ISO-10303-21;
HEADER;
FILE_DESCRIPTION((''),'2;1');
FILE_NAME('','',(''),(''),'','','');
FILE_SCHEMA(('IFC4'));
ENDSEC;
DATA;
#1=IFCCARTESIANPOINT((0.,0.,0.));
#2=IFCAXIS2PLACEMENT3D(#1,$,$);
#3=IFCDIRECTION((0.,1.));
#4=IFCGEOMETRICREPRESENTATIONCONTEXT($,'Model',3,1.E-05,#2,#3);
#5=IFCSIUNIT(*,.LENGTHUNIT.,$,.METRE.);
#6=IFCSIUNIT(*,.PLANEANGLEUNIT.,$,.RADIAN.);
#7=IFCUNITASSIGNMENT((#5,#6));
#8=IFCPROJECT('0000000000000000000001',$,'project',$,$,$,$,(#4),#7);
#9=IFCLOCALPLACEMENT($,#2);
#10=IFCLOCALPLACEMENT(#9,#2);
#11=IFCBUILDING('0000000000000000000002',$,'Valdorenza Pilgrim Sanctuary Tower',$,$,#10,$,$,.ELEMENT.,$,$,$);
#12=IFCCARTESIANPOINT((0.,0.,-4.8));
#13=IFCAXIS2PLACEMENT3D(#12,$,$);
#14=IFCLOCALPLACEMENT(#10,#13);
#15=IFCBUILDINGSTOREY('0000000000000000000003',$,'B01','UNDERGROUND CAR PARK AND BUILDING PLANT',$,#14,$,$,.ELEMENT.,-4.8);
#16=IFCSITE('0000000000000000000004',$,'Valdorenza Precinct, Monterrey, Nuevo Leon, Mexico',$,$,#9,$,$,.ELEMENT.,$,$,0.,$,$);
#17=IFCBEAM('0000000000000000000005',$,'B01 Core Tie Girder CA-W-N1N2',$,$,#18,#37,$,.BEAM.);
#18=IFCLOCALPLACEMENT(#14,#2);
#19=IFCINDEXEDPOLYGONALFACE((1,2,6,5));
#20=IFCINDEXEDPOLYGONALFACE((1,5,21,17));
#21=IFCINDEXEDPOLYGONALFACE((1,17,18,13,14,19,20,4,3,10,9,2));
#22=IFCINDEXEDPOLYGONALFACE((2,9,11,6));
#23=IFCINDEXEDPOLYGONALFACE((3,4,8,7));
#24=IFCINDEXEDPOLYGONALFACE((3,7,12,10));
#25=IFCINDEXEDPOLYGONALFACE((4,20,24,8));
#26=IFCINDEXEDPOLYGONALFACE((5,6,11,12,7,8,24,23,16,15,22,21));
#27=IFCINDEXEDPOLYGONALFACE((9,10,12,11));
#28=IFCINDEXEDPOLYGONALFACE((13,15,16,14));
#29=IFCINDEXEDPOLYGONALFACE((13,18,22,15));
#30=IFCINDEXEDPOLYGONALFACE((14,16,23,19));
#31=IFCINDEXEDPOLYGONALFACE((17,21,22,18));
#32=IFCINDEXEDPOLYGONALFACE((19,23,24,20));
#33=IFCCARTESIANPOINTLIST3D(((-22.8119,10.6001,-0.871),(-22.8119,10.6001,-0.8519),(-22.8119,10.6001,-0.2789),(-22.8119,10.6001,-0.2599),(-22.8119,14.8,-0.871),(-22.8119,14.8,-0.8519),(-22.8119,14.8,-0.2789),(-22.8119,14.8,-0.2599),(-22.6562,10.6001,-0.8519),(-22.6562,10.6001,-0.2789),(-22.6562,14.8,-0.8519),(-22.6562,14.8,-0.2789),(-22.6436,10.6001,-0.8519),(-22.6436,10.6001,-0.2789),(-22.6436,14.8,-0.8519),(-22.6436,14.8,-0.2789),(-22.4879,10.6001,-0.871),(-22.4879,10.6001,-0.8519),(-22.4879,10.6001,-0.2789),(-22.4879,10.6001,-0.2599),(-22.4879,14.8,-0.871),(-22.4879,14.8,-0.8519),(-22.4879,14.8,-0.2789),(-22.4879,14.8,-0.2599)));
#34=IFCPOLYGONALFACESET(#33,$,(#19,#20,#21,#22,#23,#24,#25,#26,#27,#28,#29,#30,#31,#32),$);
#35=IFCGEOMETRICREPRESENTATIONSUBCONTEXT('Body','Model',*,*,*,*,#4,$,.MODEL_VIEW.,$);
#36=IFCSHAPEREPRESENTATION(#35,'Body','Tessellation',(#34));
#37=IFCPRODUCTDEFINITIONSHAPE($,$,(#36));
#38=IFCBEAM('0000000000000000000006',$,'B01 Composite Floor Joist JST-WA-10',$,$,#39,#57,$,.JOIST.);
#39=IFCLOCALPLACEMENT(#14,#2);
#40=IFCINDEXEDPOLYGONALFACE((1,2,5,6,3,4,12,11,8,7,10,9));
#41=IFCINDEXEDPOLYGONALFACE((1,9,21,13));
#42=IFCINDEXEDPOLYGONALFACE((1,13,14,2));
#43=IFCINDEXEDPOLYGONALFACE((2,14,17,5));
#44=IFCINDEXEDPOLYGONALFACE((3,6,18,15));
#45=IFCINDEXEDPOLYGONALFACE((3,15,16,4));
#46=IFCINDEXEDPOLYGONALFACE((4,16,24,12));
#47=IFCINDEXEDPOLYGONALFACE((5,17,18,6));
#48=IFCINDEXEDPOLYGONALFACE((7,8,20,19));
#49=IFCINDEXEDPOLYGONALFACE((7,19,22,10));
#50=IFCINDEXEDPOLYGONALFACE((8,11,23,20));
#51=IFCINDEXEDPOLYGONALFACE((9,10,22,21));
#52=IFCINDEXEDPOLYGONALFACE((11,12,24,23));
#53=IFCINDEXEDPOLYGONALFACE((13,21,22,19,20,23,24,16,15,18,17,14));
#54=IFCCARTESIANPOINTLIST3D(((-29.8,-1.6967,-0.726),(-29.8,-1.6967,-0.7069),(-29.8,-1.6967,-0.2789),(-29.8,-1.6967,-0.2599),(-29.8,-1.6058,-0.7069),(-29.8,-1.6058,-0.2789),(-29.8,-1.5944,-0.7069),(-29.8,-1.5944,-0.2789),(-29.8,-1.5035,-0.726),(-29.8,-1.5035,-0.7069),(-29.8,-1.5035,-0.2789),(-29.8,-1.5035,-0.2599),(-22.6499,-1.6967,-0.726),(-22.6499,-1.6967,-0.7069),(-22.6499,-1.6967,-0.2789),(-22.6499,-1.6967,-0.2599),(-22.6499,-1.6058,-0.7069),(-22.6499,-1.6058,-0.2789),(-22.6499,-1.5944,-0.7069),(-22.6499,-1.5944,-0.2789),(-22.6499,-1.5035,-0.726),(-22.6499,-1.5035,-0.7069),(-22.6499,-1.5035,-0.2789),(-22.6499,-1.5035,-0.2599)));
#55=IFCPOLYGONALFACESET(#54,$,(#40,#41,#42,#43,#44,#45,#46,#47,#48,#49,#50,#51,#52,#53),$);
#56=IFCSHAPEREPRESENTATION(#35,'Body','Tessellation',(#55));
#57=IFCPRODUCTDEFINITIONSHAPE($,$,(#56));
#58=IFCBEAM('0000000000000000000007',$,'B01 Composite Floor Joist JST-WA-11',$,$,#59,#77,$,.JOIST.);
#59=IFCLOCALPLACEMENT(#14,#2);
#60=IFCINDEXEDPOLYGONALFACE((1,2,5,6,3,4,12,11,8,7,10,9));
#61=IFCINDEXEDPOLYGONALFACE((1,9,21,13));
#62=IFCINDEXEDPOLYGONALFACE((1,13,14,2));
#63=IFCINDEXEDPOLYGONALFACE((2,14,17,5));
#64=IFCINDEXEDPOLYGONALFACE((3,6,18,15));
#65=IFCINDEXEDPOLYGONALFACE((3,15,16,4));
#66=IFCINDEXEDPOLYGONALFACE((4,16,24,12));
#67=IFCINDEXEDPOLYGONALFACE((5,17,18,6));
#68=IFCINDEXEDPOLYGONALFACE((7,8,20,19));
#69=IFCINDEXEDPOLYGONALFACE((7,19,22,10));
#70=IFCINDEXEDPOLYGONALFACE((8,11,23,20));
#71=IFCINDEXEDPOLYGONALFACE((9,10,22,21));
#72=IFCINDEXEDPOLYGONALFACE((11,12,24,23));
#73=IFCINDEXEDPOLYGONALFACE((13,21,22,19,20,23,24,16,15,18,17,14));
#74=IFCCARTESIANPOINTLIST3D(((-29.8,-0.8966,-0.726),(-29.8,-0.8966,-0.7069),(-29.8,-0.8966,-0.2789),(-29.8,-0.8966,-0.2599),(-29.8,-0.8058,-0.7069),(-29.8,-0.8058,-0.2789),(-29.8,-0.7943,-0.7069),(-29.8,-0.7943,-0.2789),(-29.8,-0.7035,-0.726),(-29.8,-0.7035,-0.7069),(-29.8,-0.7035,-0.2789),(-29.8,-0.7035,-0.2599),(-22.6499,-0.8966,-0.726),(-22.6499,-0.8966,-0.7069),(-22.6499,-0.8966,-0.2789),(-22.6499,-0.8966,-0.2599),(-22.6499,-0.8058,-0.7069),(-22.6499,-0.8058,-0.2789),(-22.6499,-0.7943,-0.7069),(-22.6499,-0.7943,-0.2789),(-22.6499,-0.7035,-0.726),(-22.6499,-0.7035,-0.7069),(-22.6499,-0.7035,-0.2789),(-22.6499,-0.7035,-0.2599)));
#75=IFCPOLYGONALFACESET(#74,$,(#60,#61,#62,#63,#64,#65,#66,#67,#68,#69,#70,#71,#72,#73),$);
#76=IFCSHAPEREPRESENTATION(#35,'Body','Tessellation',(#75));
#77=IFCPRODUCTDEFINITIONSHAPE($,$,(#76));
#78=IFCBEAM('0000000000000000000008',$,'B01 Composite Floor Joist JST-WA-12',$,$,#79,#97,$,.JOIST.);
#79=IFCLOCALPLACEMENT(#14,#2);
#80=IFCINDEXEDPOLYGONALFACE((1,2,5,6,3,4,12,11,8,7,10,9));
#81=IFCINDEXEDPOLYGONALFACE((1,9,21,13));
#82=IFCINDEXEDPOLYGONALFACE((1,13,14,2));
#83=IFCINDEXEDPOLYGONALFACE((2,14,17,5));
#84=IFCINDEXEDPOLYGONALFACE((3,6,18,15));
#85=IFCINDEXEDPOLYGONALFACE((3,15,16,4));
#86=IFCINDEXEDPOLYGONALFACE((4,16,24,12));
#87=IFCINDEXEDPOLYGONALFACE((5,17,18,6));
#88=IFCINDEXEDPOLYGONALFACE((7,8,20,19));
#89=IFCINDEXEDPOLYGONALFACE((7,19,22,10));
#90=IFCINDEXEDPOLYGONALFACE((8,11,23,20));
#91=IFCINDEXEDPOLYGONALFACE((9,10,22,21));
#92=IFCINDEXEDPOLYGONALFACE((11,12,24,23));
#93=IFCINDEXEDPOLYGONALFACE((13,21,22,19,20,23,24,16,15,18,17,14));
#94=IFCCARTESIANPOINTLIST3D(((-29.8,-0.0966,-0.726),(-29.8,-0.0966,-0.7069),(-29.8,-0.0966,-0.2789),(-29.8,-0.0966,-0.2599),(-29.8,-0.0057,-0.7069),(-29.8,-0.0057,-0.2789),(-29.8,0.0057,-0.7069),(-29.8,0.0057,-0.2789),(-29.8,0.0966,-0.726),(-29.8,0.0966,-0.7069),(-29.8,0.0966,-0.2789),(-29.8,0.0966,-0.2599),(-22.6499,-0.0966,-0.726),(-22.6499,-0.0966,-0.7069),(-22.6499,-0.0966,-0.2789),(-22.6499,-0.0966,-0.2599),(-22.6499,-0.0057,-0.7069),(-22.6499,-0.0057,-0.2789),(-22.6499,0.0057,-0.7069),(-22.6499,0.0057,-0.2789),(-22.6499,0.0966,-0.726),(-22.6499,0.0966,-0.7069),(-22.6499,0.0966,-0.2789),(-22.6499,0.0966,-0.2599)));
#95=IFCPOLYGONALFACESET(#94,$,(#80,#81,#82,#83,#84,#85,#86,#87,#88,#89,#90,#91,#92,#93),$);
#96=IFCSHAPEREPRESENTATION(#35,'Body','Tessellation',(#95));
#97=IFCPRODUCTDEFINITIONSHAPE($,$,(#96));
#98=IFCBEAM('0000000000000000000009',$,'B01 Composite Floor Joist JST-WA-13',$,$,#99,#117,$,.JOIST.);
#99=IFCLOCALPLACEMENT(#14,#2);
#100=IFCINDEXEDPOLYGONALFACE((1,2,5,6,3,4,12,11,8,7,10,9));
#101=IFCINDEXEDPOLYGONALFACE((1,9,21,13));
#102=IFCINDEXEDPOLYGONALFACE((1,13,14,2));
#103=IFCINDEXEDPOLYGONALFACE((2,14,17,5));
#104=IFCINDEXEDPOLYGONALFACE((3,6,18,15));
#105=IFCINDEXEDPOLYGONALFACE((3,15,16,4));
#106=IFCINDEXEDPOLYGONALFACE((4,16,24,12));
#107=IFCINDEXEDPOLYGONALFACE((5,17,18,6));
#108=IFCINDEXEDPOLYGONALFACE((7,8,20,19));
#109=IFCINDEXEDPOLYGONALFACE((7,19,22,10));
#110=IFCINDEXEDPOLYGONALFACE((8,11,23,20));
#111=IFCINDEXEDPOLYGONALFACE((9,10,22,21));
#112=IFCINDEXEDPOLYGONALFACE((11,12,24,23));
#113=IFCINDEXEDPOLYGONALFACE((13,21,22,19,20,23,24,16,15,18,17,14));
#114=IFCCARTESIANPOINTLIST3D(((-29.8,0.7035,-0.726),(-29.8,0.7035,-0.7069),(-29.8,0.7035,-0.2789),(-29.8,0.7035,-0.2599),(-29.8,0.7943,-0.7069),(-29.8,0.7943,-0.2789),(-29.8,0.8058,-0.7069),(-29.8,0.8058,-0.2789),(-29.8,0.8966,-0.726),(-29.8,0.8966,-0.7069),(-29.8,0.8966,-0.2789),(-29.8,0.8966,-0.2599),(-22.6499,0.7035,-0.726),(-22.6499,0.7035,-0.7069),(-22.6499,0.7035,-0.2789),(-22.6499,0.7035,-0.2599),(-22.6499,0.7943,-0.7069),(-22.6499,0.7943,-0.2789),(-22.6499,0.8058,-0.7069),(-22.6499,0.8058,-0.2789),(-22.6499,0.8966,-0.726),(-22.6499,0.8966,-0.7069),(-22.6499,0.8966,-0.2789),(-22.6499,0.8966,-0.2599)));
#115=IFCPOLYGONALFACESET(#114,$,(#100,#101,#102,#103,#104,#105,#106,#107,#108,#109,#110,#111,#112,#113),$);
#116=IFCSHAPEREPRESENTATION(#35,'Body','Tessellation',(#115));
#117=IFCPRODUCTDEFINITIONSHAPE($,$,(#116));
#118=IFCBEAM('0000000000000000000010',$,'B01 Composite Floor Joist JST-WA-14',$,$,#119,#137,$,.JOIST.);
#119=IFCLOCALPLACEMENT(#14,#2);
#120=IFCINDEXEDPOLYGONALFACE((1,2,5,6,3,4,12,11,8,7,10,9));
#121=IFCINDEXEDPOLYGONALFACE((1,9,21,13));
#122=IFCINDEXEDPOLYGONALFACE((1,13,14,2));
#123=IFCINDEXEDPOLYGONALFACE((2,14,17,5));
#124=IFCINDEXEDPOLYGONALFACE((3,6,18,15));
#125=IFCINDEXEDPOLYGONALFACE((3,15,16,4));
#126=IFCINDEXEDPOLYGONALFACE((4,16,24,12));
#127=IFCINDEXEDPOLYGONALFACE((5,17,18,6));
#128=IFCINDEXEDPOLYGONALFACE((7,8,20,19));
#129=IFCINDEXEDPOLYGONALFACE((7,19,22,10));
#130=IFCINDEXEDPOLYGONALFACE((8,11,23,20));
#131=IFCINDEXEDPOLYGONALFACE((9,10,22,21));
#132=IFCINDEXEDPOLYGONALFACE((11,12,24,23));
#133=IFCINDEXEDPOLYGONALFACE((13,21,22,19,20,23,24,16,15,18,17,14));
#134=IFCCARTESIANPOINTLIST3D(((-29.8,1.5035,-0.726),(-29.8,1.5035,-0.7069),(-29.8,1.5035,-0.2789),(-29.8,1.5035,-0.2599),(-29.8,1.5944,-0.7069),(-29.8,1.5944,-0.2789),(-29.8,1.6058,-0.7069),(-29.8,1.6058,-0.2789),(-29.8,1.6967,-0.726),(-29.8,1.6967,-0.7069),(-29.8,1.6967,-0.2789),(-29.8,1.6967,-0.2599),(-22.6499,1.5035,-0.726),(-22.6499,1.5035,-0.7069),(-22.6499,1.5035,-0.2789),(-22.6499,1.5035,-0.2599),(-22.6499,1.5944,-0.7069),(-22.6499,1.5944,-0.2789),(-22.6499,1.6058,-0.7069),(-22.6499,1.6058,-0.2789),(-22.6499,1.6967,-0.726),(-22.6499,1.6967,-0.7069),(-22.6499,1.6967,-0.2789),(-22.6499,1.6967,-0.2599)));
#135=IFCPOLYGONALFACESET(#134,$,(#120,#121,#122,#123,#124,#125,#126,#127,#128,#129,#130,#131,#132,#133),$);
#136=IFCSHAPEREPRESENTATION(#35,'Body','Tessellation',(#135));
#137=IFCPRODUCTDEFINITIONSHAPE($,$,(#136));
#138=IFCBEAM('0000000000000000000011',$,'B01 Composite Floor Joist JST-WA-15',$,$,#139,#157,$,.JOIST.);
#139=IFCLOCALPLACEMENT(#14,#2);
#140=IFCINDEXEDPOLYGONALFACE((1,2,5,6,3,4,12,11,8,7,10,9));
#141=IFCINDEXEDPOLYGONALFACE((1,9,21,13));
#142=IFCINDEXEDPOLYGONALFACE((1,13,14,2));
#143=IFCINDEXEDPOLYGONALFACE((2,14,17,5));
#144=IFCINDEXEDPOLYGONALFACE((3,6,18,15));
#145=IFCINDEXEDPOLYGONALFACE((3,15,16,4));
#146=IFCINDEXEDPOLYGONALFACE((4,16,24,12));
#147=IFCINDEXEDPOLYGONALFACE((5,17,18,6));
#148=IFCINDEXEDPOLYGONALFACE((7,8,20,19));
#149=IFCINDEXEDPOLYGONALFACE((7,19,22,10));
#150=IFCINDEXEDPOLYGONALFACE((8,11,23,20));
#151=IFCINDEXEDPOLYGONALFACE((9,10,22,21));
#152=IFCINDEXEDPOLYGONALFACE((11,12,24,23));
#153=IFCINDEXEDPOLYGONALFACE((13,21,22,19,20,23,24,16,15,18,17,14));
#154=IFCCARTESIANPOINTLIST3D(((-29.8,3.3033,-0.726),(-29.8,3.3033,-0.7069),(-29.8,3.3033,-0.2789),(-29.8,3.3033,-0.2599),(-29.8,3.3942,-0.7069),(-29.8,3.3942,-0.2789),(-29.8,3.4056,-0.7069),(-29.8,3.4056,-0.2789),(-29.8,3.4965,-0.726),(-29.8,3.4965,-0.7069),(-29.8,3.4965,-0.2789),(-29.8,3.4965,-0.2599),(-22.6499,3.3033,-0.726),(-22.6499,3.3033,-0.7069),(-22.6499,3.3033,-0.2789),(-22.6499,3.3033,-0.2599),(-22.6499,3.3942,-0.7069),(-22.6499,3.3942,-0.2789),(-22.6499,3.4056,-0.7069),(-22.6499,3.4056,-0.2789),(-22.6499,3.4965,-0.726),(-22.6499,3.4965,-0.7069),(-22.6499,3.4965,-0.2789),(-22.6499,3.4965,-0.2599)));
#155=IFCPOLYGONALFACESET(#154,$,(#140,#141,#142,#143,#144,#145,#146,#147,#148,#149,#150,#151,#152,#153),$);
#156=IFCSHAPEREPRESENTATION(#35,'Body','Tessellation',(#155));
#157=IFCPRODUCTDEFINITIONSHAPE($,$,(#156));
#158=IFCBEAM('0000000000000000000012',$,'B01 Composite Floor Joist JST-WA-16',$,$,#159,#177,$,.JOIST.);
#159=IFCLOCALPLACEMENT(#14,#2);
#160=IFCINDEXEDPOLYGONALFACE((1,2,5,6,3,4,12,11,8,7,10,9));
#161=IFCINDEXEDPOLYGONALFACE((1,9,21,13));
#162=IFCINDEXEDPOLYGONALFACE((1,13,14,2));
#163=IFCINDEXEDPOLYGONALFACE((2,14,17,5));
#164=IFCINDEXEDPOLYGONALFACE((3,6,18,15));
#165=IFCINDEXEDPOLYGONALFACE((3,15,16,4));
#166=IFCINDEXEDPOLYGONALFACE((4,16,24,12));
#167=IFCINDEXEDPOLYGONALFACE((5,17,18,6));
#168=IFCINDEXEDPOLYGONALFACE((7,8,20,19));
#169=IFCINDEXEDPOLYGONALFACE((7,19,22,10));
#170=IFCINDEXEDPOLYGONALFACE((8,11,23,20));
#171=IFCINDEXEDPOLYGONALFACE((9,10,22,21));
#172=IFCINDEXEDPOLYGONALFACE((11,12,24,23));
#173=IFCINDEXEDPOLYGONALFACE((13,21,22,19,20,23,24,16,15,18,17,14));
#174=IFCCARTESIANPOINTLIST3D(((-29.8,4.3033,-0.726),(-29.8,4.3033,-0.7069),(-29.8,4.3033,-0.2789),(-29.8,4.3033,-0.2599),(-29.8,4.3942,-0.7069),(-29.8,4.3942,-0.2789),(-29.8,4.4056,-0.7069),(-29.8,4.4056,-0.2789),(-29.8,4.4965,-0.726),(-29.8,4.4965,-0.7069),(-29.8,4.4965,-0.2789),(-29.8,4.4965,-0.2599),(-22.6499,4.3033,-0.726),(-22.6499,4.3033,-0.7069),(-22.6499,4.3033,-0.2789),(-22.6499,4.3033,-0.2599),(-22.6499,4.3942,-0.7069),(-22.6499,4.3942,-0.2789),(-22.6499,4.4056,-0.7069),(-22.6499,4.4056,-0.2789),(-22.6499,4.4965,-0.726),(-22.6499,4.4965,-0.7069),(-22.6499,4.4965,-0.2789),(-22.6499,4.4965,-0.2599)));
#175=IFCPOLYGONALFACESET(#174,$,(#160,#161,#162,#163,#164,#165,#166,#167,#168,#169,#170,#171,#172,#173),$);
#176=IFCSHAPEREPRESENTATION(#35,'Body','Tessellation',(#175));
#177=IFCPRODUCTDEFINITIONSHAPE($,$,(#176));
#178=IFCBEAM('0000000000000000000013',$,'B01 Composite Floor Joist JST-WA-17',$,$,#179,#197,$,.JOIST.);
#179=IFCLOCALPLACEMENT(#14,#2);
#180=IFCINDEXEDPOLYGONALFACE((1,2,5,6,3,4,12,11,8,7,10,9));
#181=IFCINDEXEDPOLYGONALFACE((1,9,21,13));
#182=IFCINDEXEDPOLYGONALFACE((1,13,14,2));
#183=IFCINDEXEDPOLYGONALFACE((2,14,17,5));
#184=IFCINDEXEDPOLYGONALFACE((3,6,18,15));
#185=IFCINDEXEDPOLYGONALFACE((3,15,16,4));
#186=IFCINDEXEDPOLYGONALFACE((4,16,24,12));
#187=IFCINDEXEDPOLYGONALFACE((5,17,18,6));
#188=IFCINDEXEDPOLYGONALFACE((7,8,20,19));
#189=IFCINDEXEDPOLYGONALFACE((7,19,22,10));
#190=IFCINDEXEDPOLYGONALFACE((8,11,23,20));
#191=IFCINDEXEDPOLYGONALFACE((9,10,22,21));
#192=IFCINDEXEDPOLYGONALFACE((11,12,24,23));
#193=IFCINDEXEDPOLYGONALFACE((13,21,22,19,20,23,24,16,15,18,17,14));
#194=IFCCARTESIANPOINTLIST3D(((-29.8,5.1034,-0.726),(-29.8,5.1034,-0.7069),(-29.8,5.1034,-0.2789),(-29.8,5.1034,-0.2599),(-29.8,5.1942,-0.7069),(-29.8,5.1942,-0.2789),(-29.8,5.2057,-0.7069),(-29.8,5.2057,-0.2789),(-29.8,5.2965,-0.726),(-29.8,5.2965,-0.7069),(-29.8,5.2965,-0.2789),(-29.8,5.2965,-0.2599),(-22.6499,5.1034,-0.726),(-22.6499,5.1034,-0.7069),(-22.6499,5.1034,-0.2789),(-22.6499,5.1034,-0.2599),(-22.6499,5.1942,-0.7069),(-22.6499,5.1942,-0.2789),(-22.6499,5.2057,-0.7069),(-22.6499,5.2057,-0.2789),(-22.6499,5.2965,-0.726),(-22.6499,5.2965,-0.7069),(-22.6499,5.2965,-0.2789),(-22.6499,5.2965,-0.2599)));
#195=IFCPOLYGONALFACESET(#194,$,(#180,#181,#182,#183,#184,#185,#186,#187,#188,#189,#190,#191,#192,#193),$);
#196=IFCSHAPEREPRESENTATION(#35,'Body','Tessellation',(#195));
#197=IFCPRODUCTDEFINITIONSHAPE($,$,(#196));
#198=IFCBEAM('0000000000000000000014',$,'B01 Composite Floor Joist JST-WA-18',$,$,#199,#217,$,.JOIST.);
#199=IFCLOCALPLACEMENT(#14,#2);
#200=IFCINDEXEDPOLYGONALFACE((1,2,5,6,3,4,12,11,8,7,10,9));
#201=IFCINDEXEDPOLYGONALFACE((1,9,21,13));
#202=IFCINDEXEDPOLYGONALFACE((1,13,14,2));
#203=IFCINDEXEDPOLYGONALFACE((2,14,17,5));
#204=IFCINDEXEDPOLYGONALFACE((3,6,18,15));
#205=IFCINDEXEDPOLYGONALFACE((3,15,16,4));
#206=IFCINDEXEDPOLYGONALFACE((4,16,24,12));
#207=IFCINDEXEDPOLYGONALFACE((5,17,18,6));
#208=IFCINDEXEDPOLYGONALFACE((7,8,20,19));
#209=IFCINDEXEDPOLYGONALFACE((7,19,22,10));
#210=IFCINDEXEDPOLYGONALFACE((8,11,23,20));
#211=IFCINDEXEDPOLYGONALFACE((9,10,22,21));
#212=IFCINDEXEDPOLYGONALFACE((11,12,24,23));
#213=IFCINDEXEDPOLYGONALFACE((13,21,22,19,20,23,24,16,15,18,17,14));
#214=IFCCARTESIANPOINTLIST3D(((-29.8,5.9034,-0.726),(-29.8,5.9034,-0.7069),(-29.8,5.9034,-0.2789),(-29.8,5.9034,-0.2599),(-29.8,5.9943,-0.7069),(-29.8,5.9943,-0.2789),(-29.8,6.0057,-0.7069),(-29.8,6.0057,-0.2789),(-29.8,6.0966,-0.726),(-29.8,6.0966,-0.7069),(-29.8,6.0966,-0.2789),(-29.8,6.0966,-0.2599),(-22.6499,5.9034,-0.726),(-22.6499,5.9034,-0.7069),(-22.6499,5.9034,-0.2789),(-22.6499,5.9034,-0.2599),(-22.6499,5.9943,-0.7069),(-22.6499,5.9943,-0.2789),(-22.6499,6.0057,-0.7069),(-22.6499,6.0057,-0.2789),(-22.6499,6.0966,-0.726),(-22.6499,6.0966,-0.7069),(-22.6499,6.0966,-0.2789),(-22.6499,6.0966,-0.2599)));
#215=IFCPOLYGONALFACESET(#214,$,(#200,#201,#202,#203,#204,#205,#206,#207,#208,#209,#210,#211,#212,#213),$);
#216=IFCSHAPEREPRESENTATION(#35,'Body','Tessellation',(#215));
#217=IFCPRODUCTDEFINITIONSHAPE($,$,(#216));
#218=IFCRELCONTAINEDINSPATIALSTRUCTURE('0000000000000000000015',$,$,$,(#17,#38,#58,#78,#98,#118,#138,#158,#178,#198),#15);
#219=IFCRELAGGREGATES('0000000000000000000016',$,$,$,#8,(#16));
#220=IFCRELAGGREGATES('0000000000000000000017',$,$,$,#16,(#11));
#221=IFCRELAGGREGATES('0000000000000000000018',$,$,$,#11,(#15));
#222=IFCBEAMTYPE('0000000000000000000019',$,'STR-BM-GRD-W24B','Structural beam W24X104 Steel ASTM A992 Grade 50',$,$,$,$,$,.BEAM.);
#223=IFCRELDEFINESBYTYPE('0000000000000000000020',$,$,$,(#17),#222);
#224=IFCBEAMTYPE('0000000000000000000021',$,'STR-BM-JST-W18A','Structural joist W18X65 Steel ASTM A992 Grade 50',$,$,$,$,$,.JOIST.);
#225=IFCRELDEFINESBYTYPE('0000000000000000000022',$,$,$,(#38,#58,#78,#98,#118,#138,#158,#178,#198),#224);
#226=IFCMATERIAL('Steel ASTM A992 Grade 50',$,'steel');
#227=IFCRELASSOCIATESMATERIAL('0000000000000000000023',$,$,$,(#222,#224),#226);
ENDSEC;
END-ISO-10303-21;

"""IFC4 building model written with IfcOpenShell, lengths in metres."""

from ifc_helpers import new_model, si_unit, direction, frame, origin, origin_2d, place, context, subcontext, project, spatial, i_section, extrude, source, transform, mapped, material, material_profile, profile_set, type_object, element, save


model = new_model("IFC4")

# Units and contexts
model_context = context("Model", 3, precision=1e-05, world=origin(), true_north=direction((0.0, 1.0)))
body_context = subcontext(model_context, "Body", "Model", "MODEL_VIEW")
ifc_project = project(units=[si_unit("LENGTHUNIT", "METRE"), si_unit("PLANEANGLEUNIT", "RADIAN")], contexts=[model_context])

# Site, building, storey
site_placement = place(None, origin())
site = spatial("IfcSite", under=ifc_project, at=site_placement, Name="Valdorenza Precinct, Monterrey, Nuevo Leon, Mexico", CompositionType="ELEMENT", RefElevation=0.0)
building_placement = place(site_placement, origin())
building = spatial("IfcBuilding", under=site, at=building_placement, Name="Valdorenza Pilgrim Sanctuary Tower", CompositionType="ELEMENT")
storey_placement = place(building_placement, frame((0.0, 0.0, -4.8)))
storey = spatial("IfcBuildingStorey", under=building, at=storey_placement, Name="B01", Description="UNDERGROUND CAR PARK AND BUILDING PLANT", CompositionType="ELEMENT", Elevation=-4.8)

# Beams
ifc_material_1 = material(Name="Steel ASTM A992 Grade 50", Category="steel")
ifc_material_profile_1 = material_profile(ifc_material_1, i_section(OverallWidth=0.324, OverallDepth=0.6111, WebThickness=0.0127, FlangeThickness=0.019, at=origin_2d()), Name="W24X104")
ifc_profile_set_1 = profile_set([ifc_material_profile_1], Name="Steel ASTM A992 Grade 50")
beam_type_1 = type_object("IfcBeamType", Name="STR-BM-GRD-W24B", Description="Structural beam W24X104 Steel ASTM A992 Grade 50", PredefinedType="BEAM", material=ifc_profile_set_1)
shared_shape_1 = source(origin(), body_context, "Body", "SweptSolid", [
    extrude(i_section(OverallWidth=0.324, OverallDepth=0.6111, WebThickness=0.0127, FlangeThickness=0.019, at=origin_2d()), origin(), (0.0, 0.0, 1.0), 4.2),
])
beam_1_placement = place(storey_placement, frame((-22.6499, 10.6001, -0.5654), z_axis=(0.0, 1.0, 0.0), x_axis=(-1.0, 0.0, 0.0)))
element("IfcBeam", 1, at=beam_1_placement, inside=storey, type_object=beam_type_1, Name="B01 Core Tie Girder CA-W-N1N2", PredefinedType="BEAM", context=body_context, shape_type="MappedRepresentation", body=[
    mapped(shared_shape_1, transform((0.0, 0.0, 0.0), x_axis=(1.0, 0.0, 0.0), y_axis=(0.0, 1.0, 0.0), z_axis=(0.0, 0.0, 1.0), scale=1.0)),
])
ifc_material_profile_2 = material_profile(ifc_material_1, i_section(OverallWidth=0.1931, OverallDepth=0.4661, WebThickness=0.0115, FlangeThickness=0.019, at=origin_2d()), Name="W18X65")
ifc_profile_set_2 = profile_set([ifc_material_profile_2], Name="Steel ASTM A992 Grade 50")
beam_type_2 = type_object("IfcBeamType", Name="STR-BM-JST-W18A", Description="Structural joist W18X65 Steel ASTM A992 Grade 50", PredefinedType="JOIST", material=ifc_profile_set_2)
shared_shape_2 = source(origin(), body_context, "Body", "SweptSolid", [
    extrude(i_section(OverallWidth=0.1931, OverallDepth=0.4661, WebThickness=0.0115, FlangeThickness=0.019, at=origin_2d()), origin(), (0.0, 0.0, 1.0), 7.1501),
])
for number, where, z_axis, x_axis, name in (
    (2, (-29.8, -1.6001, -0.4929), (1.0, 0.0, 0.0), (0.0, 1.0, 0.0), "B01 Composite Floor Joist JST-WA-10"),
    (3, (-29.8, -0.8, -0.4929), (1.0, 0.0, 0.0), (0.0, 1.0, 0.0), "B01 Composite Floor Joist JST-WA-11"),
    (4, (-29.8, 0.0, -0.4929), (1.0, 0.0, 0.0), (0.0, 1.0, 0.0), "B01 Composite Floor Joist JST-WA-12"),
    (5, (-29.8, 0.8, -0.4929), (1.0, 0.0, 0.0), (0.0, 1.0, 0.0), "B01 Composite Floor Joist JST-WA-13"),
    (6, (-29.8, 1.6001, -0.4929), (1.0, 0.0, 0.0), (0.0, 1.0, 0.0), "B01 Composite Floor Joist JST-WA-14"),
    (7, (-29.8, 3.3999, -0.4929), (1.0, 0.0, 0.0), (0.0, 1.0, 0.0), "B01 Composite Floor Joist JST-WA-15"),
    (8, (-29.8, 4.3999, -0.4929), (1.0, 0.0, 0.0), (0.0, 1.0, 0.0), "B01 Composite Floor Joist JST-WA-16"),
    (9, (-29.8, 5.2, -0.4929), (1.0, 0.0, 0.0), (0.0, 1.0, 0.0), "B01 Composite Floor Joist JST-WA-17"),
    (10, (-29.8, 6.0, -0.4929), (1.0, 0.0, 0.0), (0.0, 1.0, 0.0), "B01 Composite Floor Joist JST-WA-18"),
):
    element("IfcBeam", number, at=place(storey_placement, frame(where, z_axis=z_axis, x_axis=x_axis)), inside=storey, type_object=beam_type_2, Name=name, PredefinedType="JOIST", context=body_context, shape_type="MappedRepresentation", body=[
        mapped(shared_shape_2, transform((0.0, 0.0, 0.0), x_axis=(1.0, 0.0, 0.0), y_axis=(0.0, 1.0, 0.0), z_axis=(0.0, 0.0, 1.0), scale=1.0)),
    ])

save(model, "model.ifc")
